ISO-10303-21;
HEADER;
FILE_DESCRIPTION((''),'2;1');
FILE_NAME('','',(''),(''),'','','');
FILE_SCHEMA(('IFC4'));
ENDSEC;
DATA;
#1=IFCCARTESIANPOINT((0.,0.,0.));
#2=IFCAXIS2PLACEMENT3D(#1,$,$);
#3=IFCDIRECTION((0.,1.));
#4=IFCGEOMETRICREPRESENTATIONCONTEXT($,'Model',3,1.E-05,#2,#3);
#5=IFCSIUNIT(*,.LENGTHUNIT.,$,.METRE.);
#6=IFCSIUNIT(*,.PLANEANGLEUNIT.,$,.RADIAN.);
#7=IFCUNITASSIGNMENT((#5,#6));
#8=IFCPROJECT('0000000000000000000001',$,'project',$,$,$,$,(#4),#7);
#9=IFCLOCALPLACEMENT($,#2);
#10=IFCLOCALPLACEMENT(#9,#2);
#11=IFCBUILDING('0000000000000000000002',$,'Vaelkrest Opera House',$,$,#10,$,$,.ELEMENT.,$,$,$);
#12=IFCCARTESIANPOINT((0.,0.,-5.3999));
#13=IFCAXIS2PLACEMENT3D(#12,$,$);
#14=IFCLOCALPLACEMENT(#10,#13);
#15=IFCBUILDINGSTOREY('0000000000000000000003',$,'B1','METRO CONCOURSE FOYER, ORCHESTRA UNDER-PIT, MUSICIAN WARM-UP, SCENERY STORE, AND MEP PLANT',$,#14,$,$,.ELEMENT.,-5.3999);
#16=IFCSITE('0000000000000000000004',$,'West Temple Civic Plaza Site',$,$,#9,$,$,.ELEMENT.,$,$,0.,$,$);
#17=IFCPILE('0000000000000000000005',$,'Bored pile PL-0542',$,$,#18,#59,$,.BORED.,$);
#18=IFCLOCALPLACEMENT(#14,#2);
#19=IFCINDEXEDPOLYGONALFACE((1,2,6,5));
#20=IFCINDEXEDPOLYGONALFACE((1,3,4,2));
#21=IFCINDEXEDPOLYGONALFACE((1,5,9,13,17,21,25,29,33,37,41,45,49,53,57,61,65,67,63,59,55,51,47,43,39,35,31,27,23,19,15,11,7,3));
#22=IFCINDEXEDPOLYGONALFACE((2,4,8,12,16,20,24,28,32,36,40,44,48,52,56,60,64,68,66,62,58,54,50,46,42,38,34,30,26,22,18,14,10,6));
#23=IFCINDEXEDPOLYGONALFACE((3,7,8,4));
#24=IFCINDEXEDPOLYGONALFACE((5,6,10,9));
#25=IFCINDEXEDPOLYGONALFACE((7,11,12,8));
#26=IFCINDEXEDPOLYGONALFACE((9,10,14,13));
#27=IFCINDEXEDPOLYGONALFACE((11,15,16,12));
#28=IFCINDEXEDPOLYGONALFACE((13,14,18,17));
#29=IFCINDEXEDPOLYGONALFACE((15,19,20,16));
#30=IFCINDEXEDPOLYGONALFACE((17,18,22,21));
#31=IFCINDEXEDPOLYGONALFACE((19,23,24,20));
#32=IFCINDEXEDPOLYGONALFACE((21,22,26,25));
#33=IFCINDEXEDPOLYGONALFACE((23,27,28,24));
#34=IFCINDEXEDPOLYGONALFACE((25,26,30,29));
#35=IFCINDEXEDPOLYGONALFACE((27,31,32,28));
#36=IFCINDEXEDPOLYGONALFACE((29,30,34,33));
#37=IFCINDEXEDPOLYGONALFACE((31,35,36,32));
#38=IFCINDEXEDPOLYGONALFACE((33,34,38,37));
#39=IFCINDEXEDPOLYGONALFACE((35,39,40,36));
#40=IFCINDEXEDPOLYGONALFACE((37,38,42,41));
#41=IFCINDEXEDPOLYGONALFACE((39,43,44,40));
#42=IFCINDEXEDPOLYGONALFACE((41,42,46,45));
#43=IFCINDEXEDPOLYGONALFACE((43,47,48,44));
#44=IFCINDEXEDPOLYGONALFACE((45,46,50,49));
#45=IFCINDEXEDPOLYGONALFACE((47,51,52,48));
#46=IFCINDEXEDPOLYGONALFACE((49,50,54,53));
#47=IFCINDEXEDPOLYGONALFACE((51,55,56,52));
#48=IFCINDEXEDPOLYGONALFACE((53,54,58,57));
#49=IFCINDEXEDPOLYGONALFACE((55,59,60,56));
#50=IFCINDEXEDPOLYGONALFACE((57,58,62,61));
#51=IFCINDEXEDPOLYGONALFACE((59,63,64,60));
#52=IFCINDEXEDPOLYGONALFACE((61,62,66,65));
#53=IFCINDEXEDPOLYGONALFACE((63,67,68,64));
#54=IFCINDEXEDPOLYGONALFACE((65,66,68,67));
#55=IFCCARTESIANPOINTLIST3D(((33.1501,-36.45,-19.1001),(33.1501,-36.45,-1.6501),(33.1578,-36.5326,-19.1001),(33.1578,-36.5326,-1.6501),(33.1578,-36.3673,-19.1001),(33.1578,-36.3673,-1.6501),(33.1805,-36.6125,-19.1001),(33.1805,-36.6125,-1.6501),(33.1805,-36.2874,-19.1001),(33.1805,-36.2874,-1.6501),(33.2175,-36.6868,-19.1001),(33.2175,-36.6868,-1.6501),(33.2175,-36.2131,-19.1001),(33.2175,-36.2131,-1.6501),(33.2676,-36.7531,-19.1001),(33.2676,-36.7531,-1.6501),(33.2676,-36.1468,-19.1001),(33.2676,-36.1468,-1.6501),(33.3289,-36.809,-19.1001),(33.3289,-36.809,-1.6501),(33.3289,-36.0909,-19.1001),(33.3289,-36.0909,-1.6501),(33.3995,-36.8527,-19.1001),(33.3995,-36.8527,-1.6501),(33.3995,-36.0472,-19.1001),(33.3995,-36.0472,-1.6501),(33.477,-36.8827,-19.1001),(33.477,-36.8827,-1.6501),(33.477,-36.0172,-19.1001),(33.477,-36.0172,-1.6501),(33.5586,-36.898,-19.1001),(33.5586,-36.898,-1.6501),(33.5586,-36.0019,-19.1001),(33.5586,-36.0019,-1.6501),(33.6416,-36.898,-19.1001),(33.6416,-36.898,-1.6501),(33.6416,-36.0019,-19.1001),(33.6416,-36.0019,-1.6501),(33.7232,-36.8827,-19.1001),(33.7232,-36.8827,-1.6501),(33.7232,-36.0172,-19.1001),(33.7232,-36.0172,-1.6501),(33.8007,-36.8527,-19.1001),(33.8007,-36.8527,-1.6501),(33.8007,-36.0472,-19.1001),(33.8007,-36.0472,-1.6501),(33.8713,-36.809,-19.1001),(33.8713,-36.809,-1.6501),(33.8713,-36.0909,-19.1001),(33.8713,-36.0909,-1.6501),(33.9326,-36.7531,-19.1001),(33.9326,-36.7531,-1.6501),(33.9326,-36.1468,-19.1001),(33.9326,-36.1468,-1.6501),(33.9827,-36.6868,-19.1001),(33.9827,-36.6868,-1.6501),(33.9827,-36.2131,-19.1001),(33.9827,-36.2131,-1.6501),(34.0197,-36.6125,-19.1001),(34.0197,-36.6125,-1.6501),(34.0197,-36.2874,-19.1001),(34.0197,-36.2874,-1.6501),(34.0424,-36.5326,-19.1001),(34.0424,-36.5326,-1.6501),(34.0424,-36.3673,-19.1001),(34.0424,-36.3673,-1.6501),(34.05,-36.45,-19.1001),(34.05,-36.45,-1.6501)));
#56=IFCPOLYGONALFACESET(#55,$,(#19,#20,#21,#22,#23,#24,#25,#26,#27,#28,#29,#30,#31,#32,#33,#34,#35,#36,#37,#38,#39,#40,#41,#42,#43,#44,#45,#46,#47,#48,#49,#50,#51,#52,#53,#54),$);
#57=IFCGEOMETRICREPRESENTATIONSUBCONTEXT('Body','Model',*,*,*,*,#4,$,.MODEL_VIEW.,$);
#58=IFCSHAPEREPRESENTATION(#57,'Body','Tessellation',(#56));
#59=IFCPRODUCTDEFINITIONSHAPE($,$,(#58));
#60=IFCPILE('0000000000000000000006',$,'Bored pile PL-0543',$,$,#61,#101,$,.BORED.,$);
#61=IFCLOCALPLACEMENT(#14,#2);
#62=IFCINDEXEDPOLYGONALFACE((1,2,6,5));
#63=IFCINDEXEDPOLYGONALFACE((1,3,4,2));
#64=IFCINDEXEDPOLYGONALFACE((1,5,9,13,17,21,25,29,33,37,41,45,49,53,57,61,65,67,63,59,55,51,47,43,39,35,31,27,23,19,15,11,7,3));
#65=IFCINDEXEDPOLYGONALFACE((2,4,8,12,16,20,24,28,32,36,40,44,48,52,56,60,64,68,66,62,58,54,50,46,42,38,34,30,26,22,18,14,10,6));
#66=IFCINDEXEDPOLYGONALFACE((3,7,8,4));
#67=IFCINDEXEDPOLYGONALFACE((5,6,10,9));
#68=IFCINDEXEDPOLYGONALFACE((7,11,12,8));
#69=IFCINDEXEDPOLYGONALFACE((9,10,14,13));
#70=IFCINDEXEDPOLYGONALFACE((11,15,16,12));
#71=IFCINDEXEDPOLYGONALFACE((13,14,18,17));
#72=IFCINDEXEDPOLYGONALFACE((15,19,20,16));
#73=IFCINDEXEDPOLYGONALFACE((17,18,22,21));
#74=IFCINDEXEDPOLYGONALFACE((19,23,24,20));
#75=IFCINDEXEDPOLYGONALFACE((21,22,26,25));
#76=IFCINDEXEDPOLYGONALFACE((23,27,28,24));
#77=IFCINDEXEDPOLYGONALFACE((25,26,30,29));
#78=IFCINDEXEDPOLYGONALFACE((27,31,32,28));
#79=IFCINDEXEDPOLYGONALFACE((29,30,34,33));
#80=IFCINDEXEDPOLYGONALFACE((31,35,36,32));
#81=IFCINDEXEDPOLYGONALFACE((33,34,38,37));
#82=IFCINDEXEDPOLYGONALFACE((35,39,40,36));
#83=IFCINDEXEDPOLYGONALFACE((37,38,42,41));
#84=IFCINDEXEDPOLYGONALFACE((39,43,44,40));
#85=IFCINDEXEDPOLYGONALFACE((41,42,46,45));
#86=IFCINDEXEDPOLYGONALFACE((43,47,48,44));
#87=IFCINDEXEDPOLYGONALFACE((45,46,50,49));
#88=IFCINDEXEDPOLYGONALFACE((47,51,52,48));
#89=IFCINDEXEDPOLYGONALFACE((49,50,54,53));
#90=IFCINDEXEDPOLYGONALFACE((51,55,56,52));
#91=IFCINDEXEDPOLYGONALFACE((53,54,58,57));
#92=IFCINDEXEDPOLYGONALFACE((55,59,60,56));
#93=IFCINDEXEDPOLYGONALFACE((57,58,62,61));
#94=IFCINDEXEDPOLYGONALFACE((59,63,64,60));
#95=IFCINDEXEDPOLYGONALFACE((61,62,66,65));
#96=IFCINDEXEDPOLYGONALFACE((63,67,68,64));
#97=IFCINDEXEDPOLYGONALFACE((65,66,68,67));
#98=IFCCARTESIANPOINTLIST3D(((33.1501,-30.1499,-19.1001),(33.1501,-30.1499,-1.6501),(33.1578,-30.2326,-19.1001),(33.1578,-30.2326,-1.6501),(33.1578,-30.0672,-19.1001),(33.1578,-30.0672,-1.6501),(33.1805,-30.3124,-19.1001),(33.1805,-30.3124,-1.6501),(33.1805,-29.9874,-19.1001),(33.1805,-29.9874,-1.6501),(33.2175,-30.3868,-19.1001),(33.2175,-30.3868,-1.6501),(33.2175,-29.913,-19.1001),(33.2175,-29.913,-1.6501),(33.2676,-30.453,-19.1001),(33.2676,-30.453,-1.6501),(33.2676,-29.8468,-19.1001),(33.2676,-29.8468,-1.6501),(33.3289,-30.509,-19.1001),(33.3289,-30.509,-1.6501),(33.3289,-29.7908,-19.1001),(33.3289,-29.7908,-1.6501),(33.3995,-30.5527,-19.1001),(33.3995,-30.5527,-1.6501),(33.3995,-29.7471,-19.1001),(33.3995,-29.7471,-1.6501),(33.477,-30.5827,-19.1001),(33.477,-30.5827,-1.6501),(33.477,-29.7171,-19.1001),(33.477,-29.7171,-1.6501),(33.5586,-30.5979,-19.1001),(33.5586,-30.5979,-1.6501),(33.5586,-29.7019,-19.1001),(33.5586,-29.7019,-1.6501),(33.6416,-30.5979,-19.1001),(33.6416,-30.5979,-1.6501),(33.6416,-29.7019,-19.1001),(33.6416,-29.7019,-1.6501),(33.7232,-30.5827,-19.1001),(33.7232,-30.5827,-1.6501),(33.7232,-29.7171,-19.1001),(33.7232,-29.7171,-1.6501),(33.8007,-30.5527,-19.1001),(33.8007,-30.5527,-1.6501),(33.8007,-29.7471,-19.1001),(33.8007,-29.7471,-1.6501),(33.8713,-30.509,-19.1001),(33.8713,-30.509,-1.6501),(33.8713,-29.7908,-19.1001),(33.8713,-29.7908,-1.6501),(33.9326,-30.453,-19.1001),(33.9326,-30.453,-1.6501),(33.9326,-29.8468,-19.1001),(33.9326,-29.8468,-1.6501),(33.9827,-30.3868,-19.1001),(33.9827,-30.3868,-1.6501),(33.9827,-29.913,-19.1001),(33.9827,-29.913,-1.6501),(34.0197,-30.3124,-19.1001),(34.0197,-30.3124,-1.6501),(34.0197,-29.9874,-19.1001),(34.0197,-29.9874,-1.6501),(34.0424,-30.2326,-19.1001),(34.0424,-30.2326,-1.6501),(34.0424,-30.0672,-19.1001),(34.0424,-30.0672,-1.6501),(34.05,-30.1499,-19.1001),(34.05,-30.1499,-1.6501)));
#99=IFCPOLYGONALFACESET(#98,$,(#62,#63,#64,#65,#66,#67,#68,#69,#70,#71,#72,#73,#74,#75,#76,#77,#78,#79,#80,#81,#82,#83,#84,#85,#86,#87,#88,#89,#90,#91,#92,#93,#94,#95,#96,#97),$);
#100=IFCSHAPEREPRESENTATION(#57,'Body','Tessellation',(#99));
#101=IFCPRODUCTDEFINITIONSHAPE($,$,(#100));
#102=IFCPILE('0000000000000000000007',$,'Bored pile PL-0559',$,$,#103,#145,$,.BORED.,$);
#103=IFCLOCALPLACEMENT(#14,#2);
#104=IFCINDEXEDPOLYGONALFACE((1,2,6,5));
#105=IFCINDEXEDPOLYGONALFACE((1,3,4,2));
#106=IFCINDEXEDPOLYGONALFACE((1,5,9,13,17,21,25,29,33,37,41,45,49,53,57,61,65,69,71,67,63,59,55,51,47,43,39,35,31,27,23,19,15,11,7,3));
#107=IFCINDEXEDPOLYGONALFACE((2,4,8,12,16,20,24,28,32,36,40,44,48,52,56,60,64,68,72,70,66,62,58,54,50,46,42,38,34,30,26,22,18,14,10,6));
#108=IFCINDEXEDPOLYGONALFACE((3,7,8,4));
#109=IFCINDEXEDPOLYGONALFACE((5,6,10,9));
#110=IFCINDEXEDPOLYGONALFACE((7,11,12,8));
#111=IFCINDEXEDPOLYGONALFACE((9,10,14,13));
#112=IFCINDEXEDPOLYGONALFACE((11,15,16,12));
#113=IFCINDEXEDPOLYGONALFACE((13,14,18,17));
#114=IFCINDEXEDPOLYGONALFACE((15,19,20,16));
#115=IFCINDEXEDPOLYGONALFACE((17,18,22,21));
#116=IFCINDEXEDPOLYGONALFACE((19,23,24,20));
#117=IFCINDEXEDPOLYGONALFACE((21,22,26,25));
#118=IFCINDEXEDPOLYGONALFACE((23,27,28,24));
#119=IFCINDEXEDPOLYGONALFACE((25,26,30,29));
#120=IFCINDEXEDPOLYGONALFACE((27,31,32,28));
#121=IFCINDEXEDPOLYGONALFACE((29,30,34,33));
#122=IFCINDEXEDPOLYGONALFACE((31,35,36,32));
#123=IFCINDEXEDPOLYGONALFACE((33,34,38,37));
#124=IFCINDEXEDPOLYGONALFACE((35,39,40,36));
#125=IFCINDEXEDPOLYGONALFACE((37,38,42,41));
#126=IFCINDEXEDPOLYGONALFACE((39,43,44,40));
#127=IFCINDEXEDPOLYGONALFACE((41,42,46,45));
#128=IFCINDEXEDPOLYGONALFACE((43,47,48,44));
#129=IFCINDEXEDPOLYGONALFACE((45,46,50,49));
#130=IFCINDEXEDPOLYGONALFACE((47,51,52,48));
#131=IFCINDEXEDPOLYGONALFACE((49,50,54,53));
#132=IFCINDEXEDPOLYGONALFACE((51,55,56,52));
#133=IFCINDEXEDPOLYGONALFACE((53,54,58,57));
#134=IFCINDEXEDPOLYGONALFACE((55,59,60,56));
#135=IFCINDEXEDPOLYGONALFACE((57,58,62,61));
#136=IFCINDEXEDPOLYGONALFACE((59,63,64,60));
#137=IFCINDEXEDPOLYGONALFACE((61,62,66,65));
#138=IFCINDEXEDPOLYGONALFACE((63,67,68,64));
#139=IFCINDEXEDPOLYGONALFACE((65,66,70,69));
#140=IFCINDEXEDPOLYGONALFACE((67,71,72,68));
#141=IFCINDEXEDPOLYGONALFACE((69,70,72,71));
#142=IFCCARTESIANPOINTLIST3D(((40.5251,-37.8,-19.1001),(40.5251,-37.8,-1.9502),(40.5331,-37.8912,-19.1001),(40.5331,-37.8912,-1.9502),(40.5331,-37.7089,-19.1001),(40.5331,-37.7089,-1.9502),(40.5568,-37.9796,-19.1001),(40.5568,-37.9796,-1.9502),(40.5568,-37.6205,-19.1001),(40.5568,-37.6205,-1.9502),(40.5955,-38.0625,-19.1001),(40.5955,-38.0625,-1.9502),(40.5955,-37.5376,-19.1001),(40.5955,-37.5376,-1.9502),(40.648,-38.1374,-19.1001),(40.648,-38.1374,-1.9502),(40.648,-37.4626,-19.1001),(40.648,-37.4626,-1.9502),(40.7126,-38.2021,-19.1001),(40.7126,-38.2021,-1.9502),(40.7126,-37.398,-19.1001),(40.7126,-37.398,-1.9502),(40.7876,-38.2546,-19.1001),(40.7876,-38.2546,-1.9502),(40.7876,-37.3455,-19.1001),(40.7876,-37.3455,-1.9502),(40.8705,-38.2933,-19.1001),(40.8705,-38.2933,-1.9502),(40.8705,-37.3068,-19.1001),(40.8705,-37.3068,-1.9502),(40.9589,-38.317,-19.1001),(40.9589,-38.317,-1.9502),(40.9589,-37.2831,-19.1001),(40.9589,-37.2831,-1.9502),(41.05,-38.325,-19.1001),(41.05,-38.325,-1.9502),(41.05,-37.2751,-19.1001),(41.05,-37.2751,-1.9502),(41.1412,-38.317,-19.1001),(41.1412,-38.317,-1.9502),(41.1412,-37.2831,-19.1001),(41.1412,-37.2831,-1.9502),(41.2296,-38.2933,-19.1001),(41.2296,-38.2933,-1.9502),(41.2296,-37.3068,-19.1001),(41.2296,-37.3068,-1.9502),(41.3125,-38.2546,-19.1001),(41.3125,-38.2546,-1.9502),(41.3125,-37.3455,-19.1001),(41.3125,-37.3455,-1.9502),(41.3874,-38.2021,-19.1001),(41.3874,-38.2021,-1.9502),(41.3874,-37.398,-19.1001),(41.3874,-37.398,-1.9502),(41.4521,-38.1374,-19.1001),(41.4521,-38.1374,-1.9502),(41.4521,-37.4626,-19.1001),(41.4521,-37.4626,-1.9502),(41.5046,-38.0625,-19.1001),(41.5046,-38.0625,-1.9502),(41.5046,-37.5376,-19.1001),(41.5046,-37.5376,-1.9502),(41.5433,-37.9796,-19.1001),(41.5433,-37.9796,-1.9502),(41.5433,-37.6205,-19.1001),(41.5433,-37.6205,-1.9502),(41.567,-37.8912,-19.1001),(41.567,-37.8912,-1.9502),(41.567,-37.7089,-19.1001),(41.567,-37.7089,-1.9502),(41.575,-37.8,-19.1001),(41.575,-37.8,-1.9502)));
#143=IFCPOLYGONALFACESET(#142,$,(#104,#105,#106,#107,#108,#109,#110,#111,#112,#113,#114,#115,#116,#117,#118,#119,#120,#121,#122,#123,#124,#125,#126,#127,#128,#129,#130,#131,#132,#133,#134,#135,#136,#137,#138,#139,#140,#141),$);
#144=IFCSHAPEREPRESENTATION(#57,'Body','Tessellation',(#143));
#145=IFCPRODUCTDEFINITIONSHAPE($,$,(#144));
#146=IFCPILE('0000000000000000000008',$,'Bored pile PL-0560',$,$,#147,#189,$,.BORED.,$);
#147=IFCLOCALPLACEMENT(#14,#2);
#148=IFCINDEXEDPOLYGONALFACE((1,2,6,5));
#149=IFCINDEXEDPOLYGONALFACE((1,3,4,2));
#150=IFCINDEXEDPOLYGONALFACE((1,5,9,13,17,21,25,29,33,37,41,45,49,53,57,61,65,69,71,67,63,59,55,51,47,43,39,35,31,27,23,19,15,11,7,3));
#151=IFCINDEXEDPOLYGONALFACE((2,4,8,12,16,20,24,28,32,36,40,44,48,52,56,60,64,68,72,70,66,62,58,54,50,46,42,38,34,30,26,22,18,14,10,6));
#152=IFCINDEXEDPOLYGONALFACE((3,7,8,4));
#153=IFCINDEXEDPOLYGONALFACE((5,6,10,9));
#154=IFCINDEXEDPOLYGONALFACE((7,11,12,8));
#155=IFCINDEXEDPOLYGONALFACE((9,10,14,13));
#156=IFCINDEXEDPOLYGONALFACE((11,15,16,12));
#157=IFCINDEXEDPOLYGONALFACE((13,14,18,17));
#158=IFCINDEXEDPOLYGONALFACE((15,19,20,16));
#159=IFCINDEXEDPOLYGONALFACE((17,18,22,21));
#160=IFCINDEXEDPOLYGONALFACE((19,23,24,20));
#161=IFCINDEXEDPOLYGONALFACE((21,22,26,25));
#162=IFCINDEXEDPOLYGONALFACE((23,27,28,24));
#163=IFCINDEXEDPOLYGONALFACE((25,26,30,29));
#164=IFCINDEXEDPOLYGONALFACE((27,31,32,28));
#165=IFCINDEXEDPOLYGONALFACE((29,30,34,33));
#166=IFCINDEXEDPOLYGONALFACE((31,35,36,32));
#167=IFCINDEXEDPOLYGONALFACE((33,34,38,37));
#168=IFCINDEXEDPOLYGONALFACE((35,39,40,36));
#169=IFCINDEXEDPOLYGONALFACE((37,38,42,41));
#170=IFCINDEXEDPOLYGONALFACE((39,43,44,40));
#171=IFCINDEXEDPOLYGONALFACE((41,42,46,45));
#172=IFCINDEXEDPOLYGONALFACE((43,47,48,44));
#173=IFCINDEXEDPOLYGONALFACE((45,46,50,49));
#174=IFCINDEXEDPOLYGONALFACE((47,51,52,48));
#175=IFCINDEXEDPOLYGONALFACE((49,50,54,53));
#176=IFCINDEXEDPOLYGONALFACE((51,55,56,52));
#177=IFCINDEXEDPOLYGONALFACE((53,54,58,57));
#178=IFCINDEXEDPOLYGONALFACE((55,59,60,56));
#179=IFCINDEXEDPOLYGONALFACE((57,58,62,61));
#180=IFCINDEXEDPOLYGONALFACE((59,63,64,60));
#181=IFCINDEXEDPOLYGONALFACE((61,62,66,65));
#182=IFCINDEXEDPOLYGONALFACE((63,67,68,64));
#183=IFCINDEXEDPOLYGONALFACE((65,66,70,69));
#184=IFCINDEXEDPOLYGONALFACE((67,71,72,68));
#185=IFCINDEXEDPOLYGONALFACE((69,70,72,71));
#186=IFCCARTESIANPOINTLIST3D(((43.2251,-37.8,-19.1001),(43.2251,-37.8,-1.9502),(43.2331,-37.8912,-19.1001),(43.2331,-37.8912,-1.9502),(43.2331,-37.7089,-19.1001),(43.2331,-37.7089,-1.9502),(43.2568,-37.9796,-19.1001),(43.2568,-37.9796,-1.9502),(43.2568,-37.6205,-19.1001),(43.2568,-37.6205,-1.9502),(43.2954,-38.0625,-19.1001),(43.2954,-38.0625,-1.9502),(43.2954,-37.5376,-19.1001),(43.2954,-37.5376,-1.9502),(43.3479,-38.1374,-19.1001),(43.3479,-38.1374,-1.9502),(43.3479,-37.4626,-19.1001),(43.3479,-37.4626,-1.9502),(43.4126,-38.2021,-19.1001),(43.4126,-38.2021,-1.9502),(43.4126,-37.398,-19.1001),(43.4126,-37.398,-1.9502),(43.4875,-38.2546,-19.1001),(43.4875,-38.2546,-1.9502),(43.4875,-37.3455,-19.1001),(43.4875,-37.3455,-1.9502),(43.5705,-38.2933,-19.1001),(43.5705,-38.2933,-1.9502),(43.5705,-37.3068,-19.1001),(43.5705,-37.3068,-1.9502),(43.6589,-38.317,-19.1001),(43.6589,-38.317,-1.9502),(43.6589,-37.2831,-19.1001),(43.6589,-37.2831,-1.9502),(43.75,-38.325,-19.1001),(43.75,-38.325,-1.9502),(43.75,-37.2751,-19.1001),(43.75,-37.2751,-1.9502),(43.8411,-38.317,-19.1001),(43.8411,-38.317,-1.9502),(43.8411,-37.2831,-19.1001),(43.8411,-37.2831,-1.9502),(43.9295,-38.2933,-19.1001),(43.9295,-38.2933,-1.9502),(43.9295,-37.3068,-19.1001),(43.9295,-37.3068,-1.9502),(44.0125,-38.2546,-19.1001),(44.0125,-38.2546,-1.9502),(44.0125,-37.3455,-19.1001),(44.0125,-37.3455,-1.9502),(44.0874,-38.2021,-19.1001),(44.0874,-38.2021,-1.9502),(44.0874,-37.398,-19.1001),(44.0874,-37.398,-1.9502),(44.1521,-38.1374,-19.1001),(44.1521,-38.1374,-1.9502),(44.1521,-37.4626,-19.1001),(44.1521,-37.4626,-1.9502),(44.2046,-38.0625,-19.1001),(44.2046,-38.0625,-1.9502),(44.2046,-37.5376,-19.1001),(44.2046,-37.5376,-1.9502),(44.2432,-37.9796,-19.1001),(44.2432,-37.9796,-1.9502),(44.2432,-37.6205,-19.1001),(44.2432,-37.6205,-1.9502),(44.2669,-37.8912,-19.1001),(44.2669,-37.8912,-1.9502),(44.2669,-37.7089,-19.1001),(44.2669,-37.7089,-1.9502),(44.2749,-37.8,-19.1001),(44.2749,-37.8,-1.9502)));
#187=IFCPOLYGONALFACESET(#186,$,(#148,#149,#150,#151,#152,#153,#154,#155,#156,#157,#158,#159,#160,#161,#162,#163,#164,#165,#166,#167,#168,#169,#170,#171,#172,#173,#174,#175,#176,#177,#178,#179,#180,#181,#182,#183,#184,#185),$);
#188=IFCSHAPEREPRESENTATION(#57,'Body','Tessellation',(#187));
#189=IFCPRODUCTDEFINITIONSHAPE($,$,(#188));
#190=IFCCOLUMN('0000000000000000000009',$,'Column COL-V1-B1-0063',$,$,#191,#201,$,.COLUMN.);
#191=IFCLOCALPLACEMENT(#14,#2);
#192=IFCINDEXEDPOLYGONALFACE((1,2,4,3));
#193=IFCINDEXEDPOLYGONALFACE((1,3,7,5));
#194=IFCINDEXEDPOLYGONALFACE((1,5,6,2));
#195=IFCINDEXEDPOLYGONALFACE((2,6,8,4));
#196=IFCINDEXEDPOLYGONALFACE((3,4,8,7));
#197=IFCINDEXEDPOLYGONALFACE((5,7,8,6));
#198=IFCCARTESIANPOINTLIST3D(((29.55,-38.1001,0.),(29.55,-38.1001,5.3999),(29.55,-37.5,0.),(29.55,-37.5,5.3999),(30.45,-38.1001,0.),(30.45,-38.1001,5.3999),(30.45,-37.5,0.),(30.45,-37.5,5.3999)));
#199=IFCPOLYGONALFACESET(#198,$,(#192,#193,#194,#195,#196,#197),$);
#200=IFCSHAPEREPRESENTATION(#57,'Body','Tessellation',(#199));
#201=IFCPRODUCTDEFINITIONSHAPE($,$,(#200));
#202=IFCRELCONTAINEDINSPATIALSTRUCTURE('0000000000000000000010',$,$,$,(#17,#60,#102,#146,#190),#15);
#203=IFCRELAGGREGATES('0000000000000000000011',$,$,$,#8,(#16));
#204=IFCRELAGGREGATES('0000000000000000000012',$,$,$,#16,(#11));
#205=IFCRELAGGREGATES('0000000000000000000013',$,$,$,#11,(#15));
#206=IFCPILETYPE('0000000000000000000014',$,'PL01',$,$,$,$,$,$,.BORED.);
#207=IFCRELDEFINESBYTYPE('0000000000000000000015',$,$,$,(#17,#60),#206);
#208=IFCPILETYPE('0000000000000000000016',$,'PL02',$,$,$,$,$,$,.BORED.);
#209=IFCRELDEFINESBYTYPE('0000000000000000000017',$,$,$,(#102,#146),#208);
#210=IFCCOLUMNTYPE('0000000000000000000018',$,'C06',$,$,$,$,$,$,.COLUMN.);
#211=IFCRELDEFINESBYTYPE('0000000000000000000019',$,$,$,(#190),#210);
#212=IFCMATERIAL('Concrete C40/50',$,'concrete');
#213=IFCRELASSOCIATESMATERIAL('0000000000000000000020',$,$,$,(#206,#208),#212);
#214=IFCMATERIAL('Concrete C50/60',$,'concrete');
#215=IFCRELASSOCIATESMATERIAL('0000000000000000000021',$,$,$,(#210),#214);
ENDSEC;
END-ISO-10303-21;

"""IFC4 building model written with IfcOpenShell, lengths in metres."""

from ifc_helpers import new_model, si_unit, direction, frame, origin, origin_2d, place, context, subcontext, project, spatial, rectangle, circle, extrude, material, material_profile, profile_set, type_object, element, save


model = new_model("IFC4")

# Units and contexts
model_context = context("Model", 3, precision=1e-05, world=origin(), true_north=direction((0.0, 1.0)))
body_context = subcontext(model_context, "Body", "Model", "MODEL_VIEW")
ifc_project = project(units=[si_unit("LENGTHUNIT", "METRE"), si_unit("PLANEANGLEUNIT", "RADIAN")], contexts=[model_context])

# Site, building, storey
site_placement = place(None, origin())
site = spatial("IfcSite", under=ifc_project, at=site_placement, Name="West Temple Civic Plaza Site", CompositionType="ELEMENT", RefElevation=0.0)
building_placement = place(site_placement, origin())
building = spatial("IfcBuilding", under=site, at=building_placement, Name="Vaelkrest Opera House", CompositionType="ELEMENT")
storey_placement = place(building_placement, frame((0.0, 0.0, -5.3999)))
storey = spatial("IfcBuildingStorey", under=building, at=storey_placement, Name="B1", Description="METRO CONCOURSE FOYER, ORCHESTRA UNDER-PIT, MUSICIAN WARM-UP, SCENERY STORE, AND MEP PLANT", CompositionType="ELEMENT", Elevation=-5.3999)

# Shared definitions
ifc_material_1 = material(Name="Concrete C40/50", Category="concrete")

# Piles
ifc_material_profile_1 = material_profile(ifc_material_1, circle(Radius=0.45, at=origin_2d()), Name="PILE900")
ifc_profile_set_1 = profile_set([ifc_material_profile_1], Name="Concrete C40/50")
pile_type_1 = type_object("IfcPileType", Name="PL01", PredefinedType="BORED", material=ifc_profile_set_1)
for number, where, z_axis, x_axis, name in (
    (1, (33.6001, -36.45, -1.6501), (0.0, 0.0, -1.0), (1.0, 0.0, 0.0), "Bored pile PL-0542"),
    (2, (33.6001, -30.1499, -1.6501), (0.0, 0.0, -1.0), (1.0, 0.0, 0.0), "Bored pile PL-0543"),
):
    element("IfcPile", number, at=place(storey_placement, frame(where, z_axis=z_axis, x_axis=x_axis)), inside=storey, type_object=pile_type_1, Name=name, PredefinedType="BORED", context=body_context, shape_type="SweptSolid", body=[
        extrude(circle(Radius=0.45, at=origin_2d()), origin(), (0.0, 0.0, 1.0), 17.45),
    ])
ifc_material_profile_2 = material_profile(ifc_material_1, circle(Radius=0.5249, at=origin_2d()), Name="PILE1050")
ifc_profile_set_2 = profile_set([ifc_material_profile_2], Name="Concrete C40/50")
pile_type_2 = type_object("IfcPileType", Name="PL02", PredefinedType="BORED", material=ifc_profile_set_2)
for number, where, z_axis, x_axis, name in (
    (3, (41.05, -37.8, -1.9502), (0.0, 0.0, -1.0), (1.0, 0.0, 0.0), "Bored pile PL-0559"),
    (4, (43.75, -37.8, -1.9502), (0.0, 0.0, -1.0), (1.0, 0.0, 0.0), "Bored pile PL-0560"),
):
    element("IfcPile", number, at=place(storey_placement, frame(where, z_axis=z_axis, x_axis=x_axis)), inside=storey, type_object=pile_type_2, Name=name, PredefinedType="BORED", context=body_context, shape_type="SweptSolid", body=[
        extrude(circle(Radius=0.5249, at=origin_2d()), origin(), (0.0, 0.0, 1.0), 17.1499),
    ])

# Column
ifc_material_2 = material(Name="Concrete C50/60", Category="concrete")
ifc_material_profile_3 = material_profile(ifc_material_2, rectangle(XDim=0.6001, YDim=0.8999, at=origin_2d()), Name="RC600X900")
ifc_profile_set_3 = profile_set([ifc_material_profile_3], Name="Concrete C50/60")
column_type = type_object("IfcColumnType", Name="C06", PredefinedType="COLUMN", material=ifc_profile_set_3)
for number, where, z_axis, x_axis, name in (
    (5, (30.0, -37.8, 0.0), (0.0, 0.0, 1.0), (0.0, 1.0, 0.0), "Column COL-V1-B1-0063"),
):
    element("IfcColumn", number, at=place(storey_placement, frame(where, z_axis=z_axis, x_axis=x_axis)), inside=storey, type_object=column_type, Name=name, PredefinedType="COLUMN", context=body_context, shape_type="SweptSolid", body=[
        extrude(rectangle(XDim=0.6001, YDim=0.8999, at=origin_2d()), origin(), (0.0, 0.0, 1.0), 5.3999),
    ])

save(model, "model.ifc")
